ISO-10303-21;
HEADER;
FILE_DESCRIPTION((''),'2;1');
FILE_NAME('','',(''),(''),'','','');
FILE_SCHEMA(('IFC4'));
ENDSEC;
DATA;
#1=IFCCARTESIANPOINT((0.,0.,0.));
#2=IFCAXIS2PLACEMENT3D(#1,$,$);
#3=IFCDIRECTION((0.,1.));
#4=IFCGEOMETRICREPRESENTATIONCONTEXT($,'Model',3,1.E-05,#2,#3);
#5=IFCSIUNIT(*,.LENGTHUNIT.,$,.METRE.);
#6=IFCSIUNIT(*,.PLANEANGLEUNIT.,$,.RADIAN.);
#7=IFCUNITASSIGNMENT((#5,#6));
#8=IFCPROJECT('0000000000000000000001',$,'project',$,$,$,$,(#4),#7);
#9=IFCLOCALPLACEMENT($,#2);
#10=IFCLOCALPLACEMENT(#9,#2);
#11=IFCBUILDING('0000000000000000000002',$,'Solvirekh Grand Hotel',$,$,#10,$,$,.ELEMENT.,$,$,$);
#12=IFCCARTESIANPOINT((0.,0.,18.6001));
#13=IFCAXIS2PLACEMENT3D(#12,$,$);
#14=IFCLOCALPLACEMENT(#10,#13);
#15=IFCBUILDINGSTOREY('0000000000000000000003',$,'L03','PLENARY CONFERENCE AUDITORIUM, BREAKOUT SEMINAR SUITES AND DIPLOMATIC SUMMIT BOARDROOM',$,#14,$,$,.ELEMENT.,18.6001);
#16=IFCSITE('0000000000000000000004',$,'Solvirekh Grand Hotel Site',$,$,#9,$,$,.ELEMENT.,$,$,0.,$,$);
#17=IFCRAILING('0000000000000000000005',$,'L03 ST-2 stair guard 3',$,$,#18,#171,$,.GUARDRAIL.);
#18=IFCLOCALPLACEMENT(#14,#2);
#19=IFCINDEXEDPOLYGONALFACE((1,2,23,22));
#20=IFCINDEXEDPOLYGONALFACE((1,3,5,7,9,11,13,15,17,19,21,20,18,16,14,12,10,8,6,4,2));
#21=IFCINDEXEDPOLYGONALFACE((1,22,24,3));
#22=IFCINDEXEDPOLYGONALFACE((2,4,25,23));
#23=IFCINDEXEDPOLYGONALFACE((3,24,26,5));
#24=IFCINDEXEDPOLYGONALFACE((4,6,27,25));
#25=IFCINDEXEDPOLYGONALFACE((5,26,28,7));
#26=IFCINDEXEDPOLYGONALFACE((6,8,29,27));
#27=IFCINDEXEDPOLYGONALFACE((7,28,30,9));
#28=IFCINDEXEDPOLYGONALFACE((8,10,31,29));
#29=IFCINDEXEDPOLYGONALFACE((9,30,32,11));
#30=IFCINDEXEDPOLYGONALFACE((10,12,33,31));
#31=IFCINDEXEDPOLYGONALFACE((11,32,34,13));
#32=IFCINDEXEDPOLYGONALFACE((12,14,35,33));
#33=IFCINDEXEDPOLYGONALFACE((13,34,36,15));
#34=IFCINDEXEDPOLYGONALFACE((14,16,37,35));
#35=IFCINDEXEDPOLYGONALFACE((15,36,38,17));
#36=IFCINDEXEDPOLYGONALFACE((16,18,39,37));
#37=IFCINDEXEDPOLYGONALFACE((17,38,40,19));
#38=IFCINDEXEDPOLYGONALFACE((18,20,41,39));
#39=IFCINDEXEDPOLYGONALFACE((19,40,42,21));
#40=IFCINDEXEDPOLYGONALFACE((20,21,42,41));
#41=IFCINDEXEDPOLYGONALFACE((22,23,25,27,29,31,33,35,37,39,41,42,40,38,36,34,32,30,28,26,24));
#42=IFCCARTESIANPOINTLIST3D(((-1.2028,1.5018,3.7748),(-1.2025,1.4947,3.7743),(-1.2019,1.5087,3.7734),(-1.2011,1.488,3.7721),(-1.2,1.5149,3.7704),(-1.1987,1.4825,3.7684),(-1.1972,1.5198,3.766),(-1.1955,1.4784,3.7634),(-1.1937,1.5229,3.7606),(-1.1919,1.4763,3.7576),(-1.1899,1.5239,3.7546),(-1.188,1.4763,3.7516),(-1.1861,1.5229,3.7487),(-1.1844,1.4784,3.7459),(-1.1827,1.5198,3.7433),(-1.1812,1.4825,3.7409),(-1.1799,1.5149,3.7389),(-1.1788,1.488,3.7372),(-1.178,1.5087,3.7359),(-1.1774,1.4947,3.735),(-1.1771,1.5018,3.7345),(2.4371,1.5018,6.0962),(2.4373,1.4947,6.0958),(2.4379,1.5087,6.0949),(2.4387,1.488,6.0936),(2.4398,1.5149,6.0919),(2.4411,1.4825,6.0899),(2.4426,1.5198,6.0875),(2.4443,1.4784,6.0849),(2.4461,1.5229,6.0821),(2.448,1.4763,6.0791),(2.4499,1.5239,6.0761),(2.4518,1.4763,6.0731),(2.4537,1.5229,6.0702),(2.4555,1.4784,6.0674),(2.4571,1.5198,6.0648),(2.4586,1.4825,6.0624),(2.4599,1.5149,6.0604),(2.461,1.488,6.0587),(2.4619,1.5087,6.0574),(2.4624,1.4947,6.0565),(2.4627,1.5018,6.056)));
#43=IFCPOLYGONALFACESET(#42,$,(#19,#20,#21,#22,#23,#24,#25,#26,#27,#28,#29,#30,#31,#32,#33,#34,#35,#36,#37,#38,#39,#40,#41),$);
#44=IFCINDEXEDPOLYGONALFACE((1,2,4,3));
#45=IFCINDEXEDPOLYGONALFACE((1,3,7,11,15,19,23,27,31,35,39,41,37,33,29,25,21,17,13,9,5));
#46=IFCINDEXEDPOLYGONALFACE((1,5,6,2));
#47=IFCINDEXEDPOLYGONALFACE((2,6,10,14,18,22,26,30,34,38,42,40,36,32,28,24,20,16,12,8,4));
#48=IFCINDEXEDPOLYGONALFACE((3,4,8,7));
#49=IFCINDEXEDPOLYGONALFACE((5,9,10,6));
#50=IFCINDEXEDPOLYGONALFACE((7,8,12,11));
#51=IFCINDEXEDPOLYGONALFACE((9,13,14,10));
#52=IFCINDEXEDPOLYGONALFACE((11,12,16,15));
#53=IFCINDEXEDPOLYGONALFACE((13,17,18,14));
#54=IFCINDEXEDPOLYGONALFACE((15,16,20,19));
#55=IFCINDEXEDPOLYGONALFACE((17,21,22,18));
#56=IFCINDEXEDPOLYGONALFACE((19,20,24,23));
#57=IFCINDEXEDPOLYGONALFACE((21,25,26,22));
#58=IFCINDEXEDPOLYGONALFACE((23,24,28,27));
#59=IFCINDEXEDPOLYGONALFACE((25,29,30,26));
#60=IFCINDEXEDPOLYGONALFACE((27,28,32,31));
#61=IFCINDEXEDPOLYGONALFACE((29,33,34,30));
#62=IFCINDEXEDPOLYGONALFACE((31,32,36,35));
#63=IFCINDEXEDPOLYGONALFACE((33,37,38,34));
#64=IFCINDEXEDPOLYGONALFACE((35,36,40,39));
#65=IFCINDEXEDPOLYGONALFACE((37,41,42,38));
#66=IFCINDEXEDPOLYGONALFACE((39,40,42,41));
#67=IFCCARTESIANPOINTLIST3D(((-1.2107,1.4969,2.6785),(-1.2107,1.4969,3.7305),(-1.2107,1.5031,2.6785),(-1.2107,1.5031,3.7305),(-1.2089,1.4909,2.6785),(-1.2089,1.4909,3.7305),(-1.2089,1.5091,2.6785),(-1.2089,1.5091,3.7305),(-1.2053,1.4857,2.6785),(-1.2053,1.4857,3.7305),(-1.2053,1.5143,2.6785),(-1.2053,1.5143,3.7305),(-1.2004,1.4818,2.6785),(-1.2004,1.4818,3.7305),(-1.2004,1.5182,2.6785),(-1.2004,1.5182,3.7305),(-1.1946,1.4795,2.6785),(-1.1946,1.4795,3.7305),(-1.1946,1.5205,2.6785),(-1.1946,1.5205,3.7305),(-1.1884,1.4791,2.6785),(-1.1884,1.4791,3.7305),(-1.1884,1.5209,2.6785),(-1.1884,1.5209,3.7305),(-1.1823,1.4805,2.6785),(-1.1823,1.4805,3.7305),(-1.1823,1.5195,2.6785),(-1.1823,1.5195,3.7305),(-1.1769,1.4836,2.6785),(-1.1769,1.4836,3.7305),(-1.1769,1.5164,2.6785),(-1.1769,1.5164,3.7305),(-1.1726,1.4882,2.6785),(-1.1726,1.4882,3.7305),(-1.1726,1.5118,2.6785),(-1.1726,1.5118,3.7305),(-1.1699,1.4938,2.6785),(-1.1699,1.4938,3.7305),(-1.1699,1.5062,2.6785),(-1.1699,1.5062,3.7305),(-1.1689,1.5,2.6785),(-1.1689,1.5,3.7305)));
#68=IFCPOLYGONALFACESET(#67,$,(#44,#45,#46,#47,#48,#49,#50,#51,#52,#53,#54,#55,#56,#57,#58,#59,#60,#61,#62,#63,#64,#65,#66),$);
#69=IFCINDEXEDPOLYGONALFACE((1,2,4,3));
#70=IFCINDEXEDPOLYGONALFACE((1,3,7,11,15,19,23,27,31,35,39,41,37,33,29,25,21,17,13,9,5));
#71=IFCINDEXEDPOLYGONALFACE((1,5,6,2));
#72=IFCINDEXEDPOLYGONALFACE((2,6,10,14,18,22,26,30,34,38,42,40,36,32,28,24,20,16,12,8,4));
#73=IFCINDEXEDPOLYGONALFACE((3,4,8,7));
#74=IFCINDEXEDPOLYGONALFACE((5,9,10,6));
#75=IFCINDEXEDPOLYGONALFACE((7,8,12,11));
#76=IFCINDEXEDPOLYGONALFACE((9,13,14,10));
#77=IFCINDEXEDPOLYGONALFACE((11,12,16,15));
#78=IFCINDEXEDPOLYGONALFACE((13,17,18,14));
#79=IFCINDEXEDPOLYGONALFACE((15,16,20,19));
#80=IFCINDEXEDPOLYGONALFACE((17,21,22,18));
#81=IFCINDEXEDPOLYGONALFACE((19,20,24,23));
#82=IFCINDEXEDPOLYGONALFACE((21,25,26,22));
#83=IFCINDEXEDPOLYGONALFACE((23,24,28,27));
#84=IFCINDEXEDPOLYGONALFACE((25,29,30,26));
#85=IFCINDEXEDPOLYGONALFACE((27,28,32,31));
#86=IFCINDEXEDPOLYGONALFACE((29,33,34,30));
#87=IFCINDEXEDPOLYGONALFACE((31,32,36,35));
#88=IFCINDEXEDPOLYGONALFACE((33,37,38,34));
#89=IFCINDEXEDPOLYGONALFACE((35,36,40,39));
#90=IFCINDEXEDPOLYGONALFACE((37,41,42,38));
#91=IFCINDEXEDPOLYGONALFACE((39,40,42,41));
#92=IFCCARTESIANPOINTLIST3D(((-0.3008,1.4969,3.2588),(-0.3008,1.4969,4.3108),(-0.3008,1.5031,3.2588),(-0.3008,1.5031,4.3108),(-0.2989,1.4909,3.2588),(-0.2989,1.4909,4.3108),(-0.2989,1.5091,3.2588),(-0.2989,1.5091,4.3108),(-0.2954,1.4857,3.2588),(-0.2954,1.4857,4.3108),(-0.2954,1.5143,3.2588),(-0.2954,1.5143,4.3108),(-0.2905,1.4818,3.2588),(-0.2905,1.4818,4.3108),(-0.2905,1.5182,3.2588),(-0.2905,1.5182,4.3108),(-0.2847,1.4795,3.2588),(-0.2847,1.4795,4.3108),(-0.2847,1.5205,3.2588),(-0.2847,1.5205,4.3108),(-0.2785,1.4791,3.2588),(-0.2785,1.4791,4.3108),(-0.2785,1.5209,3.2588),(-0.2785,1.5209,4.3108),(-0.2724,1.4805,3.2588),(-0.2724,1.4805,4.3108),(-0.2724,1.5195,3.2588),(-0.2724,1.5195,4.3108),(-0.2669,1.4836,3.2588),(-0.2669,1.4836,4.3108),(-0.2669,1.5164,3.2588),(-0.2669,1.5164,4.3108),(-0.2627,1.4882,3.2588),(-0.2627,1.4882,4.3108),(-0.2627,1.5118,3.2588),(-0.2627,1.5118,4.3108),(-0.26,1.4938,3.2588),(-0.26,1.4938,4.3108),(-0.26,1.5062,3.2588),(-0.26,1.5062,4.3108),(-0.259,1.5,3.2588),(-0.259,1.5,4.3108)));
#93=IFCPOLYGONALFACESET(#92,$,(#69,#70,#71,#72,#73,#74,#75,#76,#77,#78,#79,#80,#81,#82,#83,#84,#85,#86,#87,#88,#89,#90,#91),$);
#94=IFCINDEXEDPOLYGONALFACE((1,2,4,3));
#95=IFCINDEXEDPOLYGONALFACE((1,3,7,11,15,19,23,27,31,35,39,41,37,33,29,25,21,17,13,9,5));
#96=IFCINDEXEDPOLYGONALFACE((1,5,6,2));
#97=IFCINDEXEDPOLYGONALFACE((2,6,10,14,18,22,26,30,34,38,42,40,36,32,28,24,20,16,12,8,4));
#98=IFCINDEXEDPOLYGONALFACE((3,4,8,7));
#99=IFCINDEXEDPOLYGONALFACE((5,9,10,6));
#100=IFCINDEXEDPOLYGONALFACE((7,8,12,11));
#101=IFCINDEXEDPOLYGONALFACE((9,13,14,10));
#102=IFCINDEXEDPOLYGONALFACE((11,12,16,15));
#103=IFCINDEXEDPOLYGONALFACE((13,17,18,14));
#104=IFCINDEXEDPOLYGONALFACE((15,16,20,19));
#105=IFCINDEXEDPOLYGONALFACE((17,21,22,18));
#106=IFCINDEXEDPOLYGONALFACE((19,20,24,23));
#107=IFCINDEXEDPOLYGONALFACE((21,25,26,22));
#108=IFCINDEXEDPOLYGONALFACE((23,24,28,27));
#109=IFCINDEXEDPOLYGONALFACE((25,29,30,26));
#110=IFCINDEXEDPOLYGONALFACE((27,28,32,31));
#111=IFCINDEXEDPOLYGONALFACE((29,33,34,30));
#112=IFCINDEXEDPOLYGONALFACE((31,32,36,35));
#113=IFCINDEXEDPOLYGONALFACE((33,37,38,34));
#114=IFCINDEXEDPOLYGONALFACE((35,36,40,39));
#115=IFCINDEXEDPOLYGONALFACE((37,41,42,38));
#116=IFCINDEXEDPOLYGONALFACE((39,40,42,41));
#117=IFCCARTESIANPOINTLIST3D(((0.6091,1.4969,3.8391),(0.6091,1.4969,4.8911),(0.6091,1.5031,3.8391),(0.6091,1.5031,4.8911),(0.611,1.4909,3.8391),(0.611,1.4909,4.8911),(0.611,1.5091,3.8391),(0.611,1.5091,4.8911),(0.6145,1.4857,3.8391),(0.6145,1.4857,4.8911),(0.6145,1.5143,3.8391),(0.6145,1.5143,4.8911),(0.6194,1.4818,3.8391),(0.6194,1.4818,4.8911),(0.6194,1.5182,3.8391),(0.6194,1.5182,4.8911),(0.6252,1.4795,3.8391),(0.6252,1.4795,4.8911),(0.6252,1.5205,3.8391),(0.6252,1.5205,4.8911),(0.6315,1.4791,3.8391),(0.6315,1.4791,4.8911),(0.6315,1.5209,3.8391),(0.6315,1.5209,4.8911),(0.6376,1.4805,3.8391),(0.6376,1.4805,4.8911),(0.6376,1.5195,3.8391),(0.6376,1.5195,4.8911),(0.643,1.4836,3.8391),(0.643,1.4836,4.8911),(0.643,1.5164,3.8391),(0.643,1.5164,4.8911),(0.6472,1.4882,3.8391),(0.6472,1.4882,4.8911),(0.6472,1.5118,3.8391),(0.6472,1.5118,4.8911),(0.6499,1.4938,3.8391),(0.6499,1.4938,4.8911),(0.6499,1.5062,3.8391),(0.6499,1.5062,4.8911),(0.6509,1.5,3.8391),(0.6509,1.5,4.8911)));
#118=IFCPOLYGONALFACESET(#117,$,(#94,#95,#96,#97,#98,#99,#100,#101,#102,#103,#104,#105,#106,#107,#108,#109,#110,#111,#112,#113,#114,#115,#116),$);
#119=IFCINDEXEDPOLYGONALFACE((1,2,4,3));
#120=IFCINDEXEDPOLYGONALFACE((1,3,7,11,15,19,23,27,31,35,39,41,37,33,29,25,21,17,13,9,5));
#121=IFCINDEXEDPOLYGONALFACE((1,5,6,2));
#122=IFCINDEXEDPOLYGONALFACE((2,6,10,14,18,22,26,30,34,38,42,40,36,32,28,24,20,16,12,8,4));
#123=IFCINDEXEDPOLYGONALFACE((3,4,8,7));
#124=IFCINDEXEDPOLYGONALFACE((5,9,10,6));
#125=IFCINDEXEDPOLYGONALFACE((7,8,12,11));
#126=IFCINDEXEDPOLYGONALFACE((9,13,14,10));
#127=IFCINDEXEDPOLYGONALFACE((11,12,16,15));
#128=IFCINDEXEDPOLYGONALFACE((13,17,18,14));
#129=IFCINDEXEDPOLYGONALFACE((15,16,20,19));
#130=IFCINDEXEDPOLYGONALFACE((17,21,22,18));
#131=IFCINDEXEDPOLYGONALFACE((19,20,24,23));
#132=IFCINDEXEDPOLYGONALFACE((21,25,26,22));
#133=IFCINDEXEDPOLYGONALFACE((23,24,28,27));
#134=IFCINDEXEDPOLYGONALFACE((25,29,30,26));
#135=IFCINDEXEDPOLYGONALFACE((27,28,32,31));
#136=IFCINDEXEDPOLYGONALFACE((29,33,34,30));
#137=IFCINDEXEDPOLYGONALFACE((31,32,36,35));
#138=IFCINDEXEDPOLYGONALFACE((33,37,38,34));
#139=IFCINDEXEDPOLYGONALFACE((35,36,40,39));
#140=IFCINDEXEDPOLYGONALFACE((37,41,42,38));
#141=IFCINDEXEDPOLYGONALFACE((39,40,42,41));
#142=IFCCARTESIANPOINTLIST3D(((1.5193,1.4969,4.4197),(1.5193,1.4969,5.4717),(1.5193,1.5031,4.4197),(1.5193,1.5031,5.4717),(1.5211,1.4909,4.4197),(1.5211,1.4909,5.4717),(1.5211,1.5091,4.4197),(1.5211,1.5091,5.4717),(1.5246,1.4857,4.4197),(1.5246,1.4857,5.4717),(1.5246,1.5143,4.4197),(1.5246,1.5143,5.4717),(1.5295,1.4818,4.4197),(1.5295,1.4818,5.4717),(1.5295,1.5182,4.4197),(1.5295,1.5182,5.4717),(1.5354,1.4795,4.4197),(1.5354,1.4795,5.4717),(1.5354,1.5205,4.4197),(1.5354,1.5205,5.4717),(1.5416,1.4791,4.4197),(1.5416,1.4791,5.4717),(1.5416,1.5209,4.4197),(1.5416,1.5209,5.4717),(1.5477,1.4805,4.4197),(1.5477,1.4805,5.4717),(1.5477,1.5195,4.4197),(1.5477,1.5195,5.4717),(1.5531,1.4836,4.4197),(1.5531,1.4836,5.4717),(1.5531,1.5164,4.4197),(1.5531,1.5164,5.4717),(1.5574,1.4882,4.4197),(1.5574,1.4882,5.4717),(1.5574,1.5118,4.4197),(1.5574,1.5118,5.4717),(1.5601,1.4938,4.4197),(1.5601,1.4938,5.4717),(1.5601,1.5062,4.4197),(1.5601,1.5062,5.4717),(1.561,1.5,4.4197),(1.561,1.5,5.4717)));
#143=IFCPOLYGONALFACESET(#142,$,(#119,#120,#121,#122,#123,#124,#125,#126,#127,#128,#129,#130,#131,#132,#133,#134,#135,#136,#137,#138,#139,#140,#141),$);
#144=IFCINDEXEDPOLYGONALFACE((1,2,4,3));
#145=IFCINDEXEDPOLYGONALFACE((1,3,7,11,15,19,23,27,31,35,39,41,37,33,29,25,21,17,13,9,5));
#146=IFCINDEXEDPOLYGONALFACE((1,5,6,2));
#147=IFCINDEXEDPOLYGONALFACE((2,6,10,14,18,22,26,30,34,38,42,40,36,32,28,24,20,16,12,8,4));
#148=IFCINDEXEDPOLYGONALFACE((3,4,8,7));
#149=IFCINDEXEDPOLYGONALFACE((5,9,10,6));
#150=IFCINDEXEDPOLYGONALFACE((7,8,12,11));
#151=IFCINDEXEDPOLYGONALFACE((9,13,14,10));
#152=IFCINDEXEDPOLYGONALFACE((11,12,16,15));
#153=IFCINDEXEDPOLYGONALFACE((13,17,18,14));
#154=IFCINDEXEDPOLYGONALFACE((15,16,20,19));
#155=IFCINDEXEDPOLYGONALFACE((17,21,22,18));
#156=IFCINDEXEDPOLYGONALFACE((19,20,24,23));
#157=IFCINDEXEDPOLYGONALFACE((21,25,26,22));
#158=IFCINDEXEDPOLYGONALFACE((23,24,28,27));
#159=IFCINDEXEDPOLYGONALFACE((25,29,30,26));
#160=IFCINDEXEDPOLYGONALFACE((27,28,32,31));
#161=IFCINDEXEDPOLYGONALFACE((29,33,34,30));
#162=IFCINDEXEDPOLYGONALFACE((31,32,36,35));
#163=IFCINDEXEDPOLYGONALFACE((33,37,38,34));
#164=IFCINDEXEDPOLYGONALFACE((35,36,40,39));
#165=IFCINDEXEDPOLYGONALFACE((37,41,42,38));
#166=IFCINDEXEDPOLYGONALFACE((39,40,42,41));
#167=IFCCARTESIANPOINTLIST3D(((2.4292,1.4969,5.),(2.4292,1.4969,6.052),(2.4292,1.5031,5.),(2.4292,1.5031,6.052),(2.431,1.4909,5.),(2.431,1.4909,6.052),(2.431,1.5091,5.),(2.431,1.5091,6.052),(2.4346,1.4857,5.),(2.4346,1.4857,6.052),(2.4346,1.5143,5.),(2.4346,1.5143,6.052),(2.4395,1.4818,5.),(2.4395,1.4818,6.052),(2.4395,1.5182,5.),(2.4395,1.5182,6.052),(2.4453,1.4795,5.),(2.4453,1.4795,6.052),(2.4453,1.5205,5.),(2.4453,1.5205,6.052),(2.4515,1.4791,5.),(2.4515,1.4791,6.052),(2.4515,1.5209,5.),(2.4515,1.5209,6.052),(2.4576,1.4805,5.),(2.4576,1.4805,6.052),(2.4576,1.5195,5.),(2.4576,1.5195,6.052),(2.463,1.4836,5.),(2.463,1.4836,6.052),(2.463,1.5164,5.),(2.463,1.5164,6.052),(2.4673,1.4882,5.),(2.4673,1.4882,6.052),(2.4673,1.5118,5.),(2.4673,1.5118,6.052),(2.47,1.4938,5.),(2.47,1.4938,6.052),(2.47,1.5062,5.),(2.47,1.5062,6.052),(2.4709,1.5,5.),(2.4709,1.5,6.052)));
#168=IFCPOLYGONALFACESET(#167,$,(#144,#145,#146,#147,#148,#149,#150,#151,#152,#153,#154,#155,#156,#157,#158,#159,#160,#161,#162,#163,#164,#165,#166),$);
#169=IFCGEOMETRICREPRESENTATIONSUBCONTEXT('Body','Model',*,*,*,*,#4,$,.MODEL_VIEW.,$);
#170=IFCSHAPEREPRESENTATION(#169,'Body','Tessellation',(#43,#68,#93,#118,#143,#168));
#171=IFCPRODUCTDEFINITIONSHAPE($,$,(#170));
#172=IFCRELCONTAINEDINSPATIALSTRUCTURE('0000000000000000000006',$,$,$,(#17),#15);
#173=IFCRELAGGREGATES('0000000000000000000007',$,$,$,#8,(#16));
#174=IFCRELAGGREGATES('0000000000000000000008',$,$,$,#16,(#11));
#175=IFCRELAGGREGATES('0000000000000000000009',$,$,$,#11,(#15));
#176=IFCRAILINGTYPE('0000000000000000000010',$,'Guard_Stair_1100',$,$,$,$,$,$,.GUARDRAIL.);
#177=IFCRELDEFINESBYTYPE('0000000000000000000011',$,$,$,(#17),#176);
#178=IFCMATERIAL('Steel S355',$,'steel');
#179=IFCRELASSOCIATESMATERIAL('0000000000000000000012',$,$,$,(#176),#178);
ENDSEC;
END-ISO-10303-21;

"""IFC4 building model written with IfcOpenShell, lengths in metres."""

from ifc_helpers import new_model, si_unit, direction, frame, origin, origin_2d, place, context, subcontext, project, spatial, circle, extrude, material, type_object, element, save


model = new_model("IFC4")

# Units and contexts
model_context = context("Model", 3, precision=1e-05, world=origin(), true_north=direction((0.0, 1.0)))
body_context = subcontext(model_context, "Body", "Model", "MODEL_VIEW")
ifc_project = project(units=[si_unit("LENGTHUNIT", "METRE"), si_unit("PLANEANGLEUNIT", "RADIAN")], contexts=[model_context])

# Site, building, storey
site_placement = place(None, origin())
site = spatial("IfcSite", under=ifc_project, at=site_placement, Name="Solvirekh Grand Hotel Site", CompositionType="ELEMENT", RefElevation=0.0)
building_placement = place(site_placement, origin())
building = spatial("IfcBuilding", under=site, at=building_placement, Name="Solvirekh Grand Hotel", CompositionType="ELEMENT")
storey_placement = place(building_placement, frame((0.0, 0.0, 18.6001)))
storey = spatial("IfcBuildingStorey", under=building, at=storey_placement, Name="L03", Description="PLENARY CONFERENCE AUDITORIUM, BREAKOUT SEMINAR SUITES AND DIPLOMATIC SUMMIT BOARDROOM", CompositionType="ELEMENT", Elevation=18.6001)

# Railing
ifc_material_1 = material(Name="Steel S355", Category="steel")
railing_type_1 = type_object("IfcRailingType", Name="Guard_Stair_1100", PredefinedType="GUARDRAIL", material=ifc_material_1)
railing_1_placement = place(storey_placement, frame((-1.1899, 1.5, 2.6785)))
element("IfcRailing", 1, at=railing_1_placement, inside=storey, type_object=railing_type_1, Name="L03 ST-2 stair guard 3", PredefinedType="GUARDRAIL", context=body_context, shape_type="SweptSolid", body=[
    extrude(circle(Radius=0.0239, at=origin_2d()), frame((0.0, 0.0, 1.0762), z_axis=(0.843112, 0.0, 0.537739), x_axis=(0.0, 1.0, 0.0)), (0.0, 0.0, 1.0), 4.3171),
    extrude(circle(Radius=0.021, at=origin_2d()), origin(), (0.0, 0.0, 1.0), 1.052),
    extrude(circle(Radius=0.021, at=origin_2d()), frame((0.9099, 0.0, 0.5803)), (0.0, 0.0, 1.0), 1.052),
    extrude(circle(Radius=0.021, at=origin_2d()), frame((1.8198, 0.0, 1.1606)), (0.0, 0.0, 1.0), 1.052),
    extrude(circle(Radius=0.021, at=origin_2d()), frame((2.73, 0.0, 1.7412)), (0.0, 0.0, 1.0), 1.052),
    extrude(circle(Radius=0.021, at=origin_2d()), frame((3.6399, 0.0, 2.3215)), (0.0, 0.0, 1.0), 1.052),
])

save(model, "model.ifc")
